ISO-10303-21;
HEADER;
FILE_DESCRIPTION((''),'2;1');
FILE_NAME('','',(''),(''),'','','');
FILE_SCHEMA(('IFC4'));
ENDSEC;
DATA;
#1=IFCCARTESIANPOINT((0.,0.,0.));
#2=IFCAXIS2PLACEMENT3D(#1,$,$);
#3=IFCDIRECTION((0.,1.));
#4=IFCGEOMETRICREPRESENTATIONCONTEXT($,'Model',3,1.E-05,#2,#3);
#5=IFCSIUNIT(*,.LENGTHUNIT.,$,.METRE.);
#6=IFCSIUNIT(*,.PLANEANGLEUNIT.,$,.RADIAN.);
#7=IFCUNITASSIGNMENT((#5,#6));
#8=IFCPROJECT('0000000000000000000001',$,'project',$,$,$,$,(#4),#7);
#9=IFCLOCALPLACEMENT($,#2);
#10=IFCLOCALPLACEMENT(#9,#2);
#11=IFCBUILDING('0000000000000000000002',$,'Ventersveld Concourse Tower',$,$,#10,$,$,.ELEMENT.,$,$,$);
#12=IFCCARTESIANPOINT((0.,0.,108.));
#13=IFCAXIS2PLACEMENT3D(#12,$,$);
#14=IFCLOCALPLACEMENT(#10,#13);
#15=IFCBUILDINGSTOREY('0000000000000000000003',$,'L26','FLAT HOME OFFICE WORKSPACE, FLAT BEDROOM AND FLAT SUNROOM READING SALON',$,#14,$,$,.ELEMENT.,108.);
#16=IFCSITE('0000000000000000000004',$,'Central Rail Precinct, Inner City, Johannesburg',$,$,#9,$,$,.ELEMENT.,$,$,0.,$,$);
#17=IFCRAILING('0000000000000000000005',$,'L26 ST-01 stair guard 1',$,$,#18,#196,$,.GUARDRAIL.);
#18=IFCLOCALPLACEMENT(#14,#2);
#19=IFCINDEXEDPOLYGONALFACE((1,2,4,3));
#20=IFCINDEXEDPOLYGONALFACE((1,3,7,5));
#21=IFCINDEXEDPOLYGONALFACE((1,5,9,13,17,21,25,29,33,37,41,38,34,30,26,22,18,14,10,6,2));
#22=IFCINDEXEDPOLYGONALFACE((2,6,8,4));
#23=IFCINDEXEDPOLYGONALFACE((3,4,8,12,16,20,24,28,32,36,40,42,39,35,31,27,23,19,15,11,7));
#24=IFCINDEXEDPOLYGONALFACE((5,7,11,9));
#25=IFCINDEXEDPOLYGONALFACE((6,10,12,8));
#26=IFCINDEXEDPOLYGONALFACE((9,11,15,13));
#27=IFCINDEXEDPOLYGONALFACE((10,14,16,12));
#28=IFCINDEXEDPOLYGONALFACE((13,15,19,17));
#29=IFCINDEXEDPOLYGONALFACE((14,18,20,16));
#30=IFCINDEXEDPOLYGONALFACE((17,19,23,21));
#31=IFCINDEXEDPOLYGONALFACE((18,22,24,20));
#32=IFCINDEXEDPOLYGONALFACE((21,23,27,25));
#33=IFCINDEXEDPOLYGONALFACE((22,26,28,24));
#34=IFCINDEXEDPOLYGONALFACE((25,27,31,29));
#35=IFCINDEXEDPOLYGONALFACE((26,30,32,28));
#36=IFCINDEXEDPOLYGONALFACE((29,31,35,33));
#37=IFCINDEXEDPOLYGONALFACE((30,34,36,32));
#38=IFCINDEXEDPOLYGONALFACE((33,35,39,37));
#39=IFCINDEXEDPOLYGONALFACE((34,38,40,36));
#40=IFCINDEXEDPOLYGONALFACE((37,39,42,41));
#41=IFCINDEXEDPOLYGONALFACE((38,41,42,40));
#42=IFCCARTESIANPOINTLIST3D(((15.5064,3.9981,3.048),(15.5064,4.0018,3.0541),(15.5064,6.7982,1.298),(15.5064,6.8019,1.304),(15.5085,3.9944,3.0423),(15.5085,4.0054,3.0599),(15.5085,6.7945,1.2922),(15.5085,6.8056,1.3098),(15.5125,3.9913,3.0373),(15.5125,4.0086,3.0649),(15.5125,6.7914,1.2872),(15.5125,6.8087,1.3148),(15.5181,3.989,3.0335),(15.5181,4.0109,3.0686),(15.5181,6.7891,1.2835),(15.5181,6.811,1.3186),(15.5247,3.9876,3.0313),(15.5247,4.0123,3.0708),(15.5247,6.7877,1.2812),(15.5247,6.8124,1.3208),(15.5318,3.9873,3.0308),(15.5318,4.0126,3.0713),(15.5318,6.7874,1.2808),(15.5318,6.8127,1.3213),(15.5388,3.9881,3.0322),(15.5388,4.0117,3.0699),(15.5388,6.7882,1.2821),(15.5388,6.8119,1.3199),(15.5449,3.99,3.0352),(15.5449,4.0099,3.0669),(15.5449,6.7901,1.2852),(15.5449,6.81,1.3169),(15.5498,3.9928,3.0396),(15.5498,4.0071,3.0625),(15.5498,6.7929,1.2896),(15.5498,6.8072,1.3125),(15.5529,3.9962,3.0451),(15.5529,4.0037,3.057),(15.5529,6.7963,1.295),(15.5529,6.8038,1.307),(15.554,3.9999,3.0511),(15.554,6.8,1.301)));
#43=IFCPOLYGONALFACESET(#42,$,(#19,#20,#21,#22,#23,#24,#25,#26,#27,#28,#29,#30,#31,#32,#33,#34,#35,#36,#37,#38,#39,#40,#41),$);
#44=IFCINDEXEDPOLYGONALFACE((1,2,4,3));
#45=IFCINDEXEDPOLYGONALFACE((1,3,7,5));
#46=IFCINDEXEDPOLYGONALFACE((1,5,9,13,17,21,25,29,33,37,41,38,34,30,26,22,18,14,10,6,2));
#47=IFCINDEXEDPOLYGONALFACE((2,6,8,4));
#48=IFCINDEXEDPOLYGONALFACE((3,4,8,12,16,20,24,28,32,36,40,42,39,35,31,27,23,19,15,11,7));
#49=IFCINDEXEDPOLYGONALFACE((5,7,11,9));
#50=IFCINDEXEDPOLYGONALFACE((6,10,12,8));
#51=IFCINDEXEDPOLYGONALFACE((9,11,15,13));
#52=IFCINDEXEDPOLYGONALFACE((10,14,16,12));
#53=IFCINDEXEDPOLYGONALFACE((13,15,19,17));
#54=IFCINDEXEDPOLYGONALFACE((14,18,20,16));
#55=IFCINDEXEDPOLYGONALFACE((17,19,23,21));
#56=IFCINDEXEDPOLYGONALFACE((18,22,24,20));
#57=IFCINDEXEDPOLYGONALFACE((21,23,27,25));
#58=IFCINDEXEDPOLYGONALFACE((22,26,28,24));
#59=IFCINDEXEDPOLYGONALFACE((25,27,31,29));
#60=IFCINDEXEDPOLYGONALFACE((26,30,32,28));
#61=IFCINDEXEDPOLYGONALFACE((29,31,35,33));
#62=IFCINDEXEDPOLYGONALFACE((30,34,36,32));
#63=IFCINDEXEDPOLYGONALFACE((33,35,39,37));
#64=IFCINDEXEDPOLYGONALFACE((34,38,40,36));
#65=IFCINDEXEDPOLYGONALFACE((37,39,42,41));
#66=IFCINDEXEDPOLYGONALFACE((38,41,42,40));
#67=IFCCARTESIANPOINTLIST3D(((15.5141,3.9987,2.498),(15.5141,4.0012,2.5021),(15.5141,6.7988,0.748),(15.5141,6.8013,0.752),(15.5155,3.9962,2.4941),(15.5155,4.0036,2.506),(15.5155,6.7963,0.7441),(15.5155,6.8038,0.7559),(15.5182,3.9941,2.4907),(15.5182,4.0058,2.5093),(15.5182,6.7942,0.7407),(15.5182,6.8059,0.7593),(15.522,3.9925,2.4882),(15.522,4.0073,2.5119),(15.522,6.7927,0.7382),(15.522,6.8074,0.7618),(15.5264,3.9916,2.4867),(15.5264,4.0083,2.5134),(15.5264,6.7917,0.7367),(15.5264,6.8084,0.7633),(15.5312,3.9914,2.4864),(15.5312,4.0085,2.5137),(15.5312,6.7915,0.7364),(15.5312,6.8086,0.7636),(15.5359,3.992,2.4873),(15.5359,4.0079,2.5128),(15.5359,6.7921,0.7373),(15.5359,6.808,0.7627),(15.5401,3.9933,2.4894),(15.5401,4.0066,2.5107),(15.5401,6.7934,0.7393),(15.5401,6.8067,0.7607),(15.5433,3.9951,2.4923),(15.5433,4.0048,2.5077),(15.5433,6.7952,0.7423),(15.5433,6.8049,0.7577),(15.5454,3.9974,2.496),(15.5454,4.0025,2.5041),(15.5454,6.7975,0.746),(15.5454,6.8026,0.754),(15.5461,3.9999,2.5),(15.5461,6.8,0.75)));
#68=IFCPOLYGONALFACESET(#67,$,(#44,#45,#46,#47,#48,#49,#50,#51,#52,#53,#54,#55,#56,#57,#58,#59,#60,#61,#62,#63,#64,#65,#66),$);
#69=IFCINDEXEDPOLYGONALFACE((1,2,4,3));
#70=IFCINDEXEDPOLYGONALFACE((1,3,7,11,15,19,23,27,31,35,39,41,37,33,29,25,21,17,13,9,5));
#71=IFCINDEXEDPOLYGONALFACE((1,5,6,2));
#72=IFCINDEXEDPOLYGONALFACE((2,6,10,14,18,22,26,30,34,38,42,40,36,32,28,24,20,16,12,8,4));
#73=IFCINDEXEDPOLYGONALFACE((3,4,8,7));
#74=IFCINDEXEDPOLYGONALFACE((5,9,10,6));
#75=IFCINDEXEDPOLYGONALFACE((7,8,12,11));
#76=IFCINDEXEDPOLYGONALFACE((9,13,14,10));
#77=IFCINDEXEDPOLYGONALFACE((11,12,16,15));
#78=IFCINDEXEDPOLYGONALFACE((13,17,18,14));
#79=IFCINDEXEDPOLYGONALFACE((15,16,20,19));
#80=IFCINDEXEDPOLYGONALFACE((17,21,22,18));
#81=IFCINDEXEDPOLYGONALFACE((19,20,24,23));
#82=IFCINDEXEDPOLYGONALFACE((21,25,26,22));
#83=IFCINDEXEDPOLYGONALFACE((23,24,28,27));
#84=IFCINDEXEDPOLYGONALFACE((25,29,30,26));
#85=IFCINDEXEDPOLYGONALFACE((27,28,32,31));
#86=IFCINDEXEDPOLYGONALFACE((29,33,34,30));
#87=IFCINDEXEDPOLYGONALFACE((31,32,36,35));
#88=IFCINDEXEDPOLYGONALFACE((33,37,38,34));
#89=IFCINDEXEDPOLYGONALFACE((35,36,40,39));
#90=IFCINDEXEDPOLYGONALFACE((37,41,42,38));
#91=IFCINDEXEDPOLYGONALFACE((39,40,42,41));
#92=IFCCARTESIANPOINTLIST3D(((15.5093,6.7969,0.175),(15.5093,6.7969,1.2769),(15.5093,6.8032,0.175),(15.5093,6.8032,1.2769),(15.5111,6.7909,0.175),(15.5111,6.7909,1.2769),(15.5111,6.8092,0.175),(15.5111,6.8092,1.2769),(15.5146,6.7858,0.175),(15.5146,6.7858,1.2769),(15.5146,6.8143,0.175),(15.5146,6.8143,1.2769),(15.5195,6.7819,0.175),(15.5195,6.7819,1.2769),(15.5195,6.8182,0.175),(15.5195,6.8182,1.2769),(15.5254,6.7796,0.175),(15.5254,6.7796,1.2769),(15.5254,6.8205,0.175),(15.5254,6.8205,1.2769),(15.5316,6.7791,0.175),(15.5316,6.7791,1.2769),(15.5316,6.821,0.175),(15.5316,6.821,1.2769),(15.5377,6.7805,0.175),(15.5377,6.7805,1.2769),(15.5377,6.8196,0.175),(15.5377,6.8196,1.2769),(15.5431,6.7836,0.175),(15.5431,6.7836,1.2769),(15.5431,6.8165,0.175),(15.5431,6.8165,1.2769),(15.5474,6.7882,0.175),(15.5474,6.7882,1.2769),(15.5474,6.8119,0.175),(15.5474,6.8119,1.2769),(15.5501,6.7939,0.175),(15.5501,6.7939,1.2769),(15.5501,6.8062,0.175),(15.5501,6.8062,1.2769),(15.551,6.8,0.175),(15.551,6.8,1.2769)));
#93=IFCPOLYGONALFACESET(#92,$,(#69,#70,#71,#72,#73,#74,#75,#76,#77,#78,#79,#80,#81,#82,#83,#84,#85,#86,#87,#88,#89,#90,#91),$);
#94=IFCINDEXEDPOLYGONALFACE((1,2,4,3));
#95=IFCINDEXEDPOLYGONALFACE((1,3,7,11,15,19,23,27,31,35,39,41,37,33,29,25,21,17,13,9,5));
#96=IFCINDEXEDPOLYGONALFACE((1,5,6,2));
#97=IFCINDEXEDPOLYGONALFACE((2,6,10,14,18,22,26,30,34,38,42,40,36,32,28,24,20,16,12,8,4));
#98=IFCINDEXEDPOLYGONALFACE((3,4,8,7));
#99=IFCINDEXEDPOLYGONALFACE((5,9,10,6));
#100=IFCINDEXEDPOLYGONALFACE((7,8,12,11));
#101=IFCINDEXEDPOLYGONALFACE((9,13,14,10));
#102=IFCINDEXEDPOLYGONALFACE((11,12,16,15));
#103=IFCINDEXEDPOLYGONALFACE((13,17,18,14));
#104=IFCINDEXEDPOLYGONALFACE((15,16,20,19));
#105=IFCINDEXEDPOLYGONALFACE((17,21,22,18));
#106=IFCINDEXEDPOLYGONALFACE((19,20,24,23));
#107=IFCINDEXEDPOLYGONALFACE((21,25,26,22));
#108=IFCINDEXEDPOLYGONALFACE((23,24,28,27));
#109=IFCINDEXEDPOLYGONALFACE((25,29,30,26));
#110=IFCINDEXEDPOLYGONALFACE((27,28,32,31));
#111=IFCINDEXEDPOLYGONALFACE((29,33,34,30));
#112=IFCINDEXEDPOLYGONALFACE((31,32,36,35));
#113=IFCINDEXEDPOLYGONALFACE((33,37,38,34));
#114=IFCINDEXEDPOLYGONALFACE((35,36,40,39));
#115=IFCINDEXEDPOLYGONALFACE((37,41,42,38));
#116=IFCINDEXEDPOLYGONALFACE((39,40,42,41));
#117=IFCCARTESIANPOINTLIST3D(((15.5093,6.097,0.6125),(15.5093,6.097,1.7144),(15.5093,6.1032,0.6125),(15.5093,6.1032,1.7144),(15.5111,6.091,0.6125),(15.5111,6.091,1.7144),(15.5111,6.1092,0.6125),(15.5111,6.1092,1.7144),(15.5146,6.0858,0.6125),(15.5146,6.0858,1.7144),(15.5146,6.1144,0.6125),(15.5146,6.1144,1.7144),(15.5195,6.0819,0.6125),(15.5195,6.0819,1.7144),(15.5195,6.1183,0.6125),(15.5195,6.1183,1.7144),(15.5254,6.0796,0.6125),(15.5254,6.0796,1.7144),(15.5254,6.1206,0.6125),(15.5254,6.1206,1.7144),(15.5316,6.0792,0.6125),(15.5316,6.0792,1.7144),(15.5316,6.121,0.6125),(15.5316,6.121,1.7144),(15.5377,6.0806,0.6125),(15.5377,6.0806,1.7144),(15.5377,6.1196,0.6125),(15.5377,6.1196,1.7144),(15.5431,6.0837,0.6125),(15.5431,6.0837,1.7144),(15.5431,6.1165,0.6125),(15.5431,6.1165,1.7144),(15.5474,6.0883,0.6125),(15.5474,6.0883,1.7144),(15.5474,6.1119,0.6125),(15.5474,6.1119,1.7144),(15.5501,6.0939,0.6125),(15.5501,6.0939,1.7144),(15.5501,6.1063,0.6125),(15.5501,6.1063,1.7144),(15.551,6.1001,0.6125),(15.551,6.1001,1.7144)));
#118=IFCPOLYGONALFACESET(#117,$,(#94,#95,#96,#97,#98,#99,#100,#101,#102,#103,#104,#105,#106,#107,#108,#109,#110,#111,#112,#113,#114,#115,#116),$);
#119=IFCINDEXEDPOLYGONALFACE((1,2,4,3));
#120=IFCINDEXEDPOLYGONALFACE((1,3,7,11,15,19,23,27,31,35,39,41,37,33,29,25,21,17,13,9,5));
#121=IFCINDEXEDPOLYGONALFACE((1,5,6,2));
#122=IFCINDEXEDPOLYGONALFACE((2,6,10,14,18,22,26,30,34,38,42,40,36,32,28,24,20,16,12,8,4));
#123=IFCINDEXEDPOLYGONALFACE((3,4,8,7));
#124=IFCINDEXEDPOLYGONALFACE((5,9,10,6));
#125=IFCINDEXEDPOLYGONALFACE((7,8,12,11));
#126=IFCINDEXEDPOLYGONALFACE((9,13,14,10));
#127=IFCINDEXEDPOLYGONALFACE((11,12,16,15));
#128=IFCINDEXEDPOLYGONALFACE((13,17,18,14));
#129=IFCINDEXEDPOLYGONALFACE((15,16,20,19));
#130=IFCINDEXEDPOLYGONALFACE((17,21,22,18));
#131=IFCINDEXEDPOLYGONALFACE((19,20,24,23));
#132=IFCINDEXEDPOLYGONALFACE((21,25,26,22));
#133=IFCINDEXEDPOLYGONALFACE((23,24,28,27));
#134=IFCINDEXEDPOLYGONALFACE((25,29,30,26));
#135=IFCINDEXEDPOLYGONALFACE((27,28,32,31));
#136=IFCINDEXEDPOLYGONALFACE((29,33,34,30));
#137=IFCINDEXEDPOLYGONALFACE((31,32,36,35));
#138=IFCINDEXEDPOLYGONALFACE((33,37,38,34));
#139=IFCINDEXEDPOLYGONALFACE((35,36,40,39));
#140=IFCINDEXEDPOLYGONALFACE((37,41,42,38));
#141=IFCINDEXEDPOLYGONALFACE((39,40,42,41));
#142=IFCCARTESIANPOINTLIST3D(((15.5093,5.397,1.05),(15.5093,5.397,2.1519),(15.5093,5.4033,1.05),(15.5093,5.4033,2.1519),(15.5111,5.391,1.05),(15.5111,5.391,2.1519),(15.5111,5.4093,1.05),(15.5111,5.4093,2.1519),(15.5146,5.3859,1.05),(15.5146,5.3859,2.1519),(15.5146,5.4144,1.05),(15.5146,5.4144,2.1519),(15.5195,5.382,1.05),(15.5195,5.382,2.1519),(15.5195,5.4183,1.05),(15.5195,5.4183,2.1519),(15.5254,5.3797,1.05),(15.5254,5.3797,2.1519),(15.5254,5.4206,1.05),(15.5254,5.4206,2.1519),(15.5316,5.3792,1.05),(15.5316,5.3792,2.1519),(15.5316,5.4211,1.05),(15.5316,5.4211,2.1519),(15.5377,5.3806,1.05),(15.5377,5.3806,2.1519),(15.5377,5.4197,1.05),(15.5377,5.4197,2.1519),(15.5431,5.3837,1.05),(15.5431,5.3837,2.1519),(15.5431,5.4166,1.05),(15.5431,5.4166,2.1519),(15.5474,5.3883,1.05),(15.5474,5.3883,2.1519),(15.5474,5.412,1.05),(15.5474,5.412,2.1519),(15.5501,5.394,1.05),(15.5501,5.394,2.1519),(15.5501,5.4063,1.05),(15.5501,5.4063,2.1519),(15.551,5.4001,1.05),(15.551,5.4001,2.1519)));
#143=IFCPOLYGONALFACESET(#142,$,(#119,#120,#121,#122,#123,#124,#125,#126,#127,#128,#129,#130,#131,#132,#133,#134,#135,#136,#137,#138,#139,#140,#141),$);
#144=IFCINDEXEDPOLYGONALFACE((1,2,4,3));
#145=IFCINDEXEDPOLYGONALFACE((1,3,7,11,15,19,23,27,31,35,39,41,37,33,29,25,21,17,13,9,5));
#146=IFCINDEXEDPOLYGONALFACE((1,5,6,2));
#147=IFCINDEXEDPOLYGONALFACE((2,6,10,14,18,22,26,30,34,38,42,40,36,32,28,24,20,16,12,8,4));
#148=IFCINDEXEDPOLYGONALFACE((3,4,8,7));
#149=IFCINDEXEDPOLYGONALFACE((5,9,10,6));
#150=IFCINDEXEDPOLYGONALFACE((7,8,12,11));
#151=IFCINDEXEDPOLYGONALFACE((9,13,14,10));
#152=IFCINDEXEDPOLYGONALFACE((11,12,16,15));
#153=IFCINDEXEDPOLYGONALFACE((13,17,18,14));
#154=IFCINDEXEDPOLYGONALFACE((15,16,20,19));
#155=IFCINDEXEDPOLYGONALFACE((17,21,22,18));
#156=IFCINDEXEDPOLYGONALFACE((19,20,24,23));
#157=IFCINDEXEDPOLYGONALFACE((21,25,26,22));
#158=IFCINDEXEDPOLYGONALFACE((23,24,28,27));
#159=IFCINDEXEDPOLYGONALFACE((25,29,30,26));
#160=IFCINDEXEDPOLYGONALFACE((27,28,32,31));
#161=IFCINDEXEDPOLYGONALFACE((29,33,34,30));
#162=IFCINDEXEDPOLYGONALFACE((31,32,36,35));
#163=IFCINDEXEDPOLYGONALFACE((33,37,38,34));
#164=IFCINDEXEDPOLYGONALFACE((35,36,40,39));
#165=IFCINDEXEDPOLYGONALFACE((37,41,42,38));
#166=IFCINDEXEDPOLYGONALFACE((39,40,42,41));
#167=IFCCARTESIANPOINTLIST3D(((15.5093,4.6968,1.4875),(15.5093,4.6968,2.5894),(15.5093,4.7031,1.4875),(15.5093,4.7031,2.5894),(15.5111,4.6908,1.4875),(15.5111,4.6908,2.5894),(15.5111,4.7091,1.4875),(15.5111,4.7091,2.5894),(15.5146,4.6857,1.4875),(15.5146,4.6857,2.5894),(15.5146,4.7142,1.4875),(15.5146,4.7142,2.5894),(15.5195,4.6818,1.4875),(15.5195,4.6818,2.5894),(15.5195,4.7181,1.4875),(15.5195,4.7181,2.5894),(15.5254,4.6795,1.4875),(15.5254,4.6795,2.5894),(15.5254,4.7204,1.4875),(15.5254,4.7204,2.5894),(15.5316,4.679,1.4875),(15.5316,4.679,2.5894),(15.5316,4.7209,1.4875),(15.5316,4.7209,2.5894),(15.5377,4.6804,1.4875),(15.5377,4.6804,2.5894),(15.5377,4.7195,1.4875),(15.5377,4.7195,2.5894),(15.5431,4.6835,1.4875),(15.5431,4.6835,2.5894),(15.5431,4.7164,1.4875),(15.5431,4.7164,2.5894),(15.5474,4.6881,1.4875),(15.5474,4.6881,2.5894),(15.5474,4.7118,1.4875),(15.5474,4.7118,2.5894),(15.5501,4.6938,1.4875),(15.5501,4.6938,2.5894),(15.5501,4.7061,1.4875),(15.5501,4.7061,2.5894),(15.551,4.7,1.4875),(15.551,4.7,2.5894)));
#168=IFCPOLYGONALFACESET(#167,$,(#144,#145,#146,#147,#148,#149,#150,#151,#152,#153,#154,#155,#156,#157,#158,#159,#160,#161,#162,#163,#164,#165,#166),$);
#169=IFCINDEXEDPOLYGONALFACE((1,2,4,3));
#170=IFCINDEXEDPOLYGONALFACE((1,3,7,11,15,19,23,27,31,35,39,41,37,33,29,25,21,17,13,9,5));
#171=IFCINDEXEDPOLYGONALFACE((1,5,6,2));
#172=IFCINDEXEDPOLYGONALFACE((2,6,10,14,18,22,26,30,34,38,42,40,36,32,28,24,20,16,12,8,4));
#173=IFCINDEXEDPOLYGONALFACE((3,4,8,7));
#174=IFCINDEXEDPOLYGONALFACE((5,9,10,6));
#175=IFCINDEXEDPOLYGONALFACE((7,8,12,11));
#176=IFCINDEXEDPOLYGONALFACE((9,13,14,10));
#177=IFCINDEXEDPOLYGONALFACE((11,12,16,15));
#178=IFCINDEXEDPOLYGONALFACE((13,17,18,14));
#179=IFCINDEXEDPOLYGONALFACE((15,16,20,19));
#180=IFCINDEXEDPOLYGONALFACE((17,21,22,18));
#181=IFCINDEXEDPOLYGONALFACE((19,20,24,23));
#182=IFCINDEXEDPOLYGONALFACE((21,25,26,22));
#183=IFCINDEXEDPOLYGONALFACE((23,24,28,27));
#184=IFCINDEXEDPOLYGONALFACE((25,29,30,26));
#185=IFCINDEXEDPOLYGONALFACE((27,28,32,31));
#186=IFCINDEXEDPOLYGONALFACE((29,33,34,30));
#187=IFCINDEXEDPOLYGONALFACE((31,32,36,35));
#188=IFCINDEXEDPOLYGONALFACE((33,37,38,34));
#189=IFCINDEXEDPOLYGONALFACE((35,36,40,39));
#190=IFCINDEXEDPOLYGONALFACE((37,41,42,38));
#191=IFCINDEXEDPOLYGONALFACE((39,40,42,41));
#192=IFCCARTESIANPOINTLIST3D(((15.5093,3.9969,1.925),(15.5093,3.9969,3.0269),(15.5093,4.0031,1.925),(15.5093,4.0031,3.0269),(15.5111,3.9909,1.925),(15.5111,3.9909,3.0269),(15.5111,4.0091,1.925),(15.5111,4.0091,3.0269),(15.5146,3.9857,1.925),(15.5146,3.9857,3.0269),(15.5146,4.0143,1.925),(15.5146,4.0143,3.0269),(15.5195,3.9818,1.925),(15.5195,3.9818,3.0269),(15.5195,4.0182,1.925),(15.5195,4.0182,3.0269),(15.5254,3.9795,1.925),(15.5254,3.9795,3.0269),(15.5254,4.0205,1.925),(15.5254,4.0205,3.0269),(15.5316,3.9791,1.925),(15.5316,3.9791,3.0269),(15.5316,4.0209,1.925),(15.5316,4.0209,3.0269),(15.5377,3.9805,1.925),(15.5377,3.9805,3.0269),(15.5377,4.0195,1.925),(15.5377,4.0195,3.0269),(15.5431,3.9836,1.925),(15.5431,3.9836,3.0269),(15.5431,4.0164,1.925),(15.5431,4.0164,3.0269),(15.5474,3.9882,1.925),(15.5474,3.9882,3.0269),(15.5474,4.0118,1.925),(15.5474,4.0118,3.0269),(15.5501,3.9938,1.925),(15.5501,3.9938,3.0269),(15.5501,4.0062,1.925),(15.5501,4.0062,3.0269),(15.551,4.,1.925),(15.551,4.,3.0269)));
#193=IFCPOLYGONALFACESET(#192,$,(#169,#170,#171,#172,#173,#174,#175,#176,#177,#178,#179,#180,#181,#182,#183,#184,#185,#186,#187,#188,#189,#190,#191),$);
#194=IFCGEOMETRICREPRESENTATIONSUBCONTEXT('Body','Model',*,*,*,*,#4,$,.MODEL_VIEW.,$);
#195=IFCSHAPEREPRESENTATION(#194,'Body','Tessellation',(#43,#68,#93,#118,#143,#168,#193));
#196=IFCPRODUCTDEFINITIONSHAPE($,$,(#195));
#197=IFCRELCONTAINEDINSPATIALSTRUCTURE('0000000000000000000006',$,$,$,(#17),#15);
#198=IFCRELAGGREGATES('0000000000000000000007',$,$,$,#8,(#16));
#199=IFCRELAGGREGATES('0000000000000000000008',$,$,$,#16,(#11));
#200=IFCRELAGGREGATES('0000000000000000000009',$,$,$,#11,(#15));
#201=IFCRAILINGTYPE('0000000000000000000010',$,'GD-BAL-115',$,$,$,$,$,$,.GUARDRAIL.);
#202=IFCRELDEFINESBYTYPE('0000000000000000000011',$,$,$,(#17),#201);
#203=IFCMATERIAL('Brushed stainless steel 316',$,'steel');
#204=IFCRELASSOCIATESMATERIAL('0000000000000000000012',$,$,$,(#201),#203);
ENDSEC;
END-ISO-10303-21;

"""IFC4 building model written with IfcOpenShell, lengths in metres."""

from ifc_helpers import new_model, si_unit, direction, frame, origin, origin_2d, place, context, subcontext, project, spatial, circle, extrude, material, type_object, element, save


model = new_model("IFC4")

# Units and contexts
model_context = context("Model", 3, precision=1e-05, world=origin(), true_north=direction((0.0, 1.0)))
body_context = subcontext(model_context, "Body", "Model", "MODEL_VIEW")
ifc_project = project(units=[si_unit("LENGTHUNIT", "METRE"), si_unit("PLANEANGLEUNIT", "RADIAN")], contexts=[model_context])

# Site, building, storey
site_placement = place(None, origin())
site = spatial("IfcSite", under=ifc_project, at=site_placement, Name="Central Rail Precinct, Inner City, Johannesburg", CompositionType="ELEMENT", RefElevation=0.0)
building_placement = place(site_placement, origin())
building = spatial("IfcBuilding", under=site, at=building_placement, Name="Ventersveld Concourse Tower", CompositionType="ELEMENT")
storey_placement = place(building_placement, frame((0.0, 0.0, 108.0)))
storey = spatial("IfcBuildingStorey", under=building, at=storey_placement, Name="L26", Description="FLAT HOME OFFICE WORKSPACE, FLAT BEDROOM AND FLAT SUNROOM READING SALON", CompositionType="ELEMENT", Elevation=108.0)

# Railing
ifc_material_1 = material(Name="Brushed stainless steel 316", Category="steel")
railing_type_1 = type_object("IfcRailingType", Name="GD-BAL-115", PredefinedType="GUARDRAIL", material=ifc_material_1)
railing_1_placement = place(storey_placement, frame((15.53, 6.8, 0.175)))
element("IfcRailing", 1, at=railing_1_placement, inside=storey, type_object=railing_type_1, Name="L26 ST-01 stair guard 1", PredefinedType="GUARDRAIL", context=body_context, shape_type="SweptSolid", body=[
    extrude(circle(Radius=0.0239, at=origin_2d()), frame((0.0, 0.0, 1.126), z_axis=(0.0, -0.848002, 0.529992), x_axis=(1.0, 0.0, 0.0)), (0.0, 0.0, 1.0), 3.302),
    extrude(circle(Radius=0.0161, at=origin_2d()), frame((0.0, 0.0, 0.575), z_axis=(0.0, -0.848002, 0.529992), x_axis=(1.0, 0.0, 0.0)), (0.0, 0.0, 1.0), 3.302),
    extrude(circle(Radius=0.021, at=origin_2d()), origin(), (0.0, 0.0, 1.0), 1.1018),
    extrude(circle(Radius=0.021, at=origin_2d()), frame((0.0, -0.7, 0.4375)), (0.0, 0.0, 1.0), 1.1018),
    extrude(circle(Radius=0.021, at=origin_2d()), frame((0.0, -1.3999, 0.875)), (0.0, 0.0, 1.0), 1.1018),
    extrude(circle(Radius=0.021, at=origin_2d()), frame((0.0, -2.1001, 1.3125)), (0.0, 0.0, 1.0), 1.1018),
    extrude(circle(Radius=0.021, at=origin_2d()), frame((0.0, -2.8, 1.75)), (0.0, 0.0, 1.0), 1.1018),
])

save(model, "model.ifc")
